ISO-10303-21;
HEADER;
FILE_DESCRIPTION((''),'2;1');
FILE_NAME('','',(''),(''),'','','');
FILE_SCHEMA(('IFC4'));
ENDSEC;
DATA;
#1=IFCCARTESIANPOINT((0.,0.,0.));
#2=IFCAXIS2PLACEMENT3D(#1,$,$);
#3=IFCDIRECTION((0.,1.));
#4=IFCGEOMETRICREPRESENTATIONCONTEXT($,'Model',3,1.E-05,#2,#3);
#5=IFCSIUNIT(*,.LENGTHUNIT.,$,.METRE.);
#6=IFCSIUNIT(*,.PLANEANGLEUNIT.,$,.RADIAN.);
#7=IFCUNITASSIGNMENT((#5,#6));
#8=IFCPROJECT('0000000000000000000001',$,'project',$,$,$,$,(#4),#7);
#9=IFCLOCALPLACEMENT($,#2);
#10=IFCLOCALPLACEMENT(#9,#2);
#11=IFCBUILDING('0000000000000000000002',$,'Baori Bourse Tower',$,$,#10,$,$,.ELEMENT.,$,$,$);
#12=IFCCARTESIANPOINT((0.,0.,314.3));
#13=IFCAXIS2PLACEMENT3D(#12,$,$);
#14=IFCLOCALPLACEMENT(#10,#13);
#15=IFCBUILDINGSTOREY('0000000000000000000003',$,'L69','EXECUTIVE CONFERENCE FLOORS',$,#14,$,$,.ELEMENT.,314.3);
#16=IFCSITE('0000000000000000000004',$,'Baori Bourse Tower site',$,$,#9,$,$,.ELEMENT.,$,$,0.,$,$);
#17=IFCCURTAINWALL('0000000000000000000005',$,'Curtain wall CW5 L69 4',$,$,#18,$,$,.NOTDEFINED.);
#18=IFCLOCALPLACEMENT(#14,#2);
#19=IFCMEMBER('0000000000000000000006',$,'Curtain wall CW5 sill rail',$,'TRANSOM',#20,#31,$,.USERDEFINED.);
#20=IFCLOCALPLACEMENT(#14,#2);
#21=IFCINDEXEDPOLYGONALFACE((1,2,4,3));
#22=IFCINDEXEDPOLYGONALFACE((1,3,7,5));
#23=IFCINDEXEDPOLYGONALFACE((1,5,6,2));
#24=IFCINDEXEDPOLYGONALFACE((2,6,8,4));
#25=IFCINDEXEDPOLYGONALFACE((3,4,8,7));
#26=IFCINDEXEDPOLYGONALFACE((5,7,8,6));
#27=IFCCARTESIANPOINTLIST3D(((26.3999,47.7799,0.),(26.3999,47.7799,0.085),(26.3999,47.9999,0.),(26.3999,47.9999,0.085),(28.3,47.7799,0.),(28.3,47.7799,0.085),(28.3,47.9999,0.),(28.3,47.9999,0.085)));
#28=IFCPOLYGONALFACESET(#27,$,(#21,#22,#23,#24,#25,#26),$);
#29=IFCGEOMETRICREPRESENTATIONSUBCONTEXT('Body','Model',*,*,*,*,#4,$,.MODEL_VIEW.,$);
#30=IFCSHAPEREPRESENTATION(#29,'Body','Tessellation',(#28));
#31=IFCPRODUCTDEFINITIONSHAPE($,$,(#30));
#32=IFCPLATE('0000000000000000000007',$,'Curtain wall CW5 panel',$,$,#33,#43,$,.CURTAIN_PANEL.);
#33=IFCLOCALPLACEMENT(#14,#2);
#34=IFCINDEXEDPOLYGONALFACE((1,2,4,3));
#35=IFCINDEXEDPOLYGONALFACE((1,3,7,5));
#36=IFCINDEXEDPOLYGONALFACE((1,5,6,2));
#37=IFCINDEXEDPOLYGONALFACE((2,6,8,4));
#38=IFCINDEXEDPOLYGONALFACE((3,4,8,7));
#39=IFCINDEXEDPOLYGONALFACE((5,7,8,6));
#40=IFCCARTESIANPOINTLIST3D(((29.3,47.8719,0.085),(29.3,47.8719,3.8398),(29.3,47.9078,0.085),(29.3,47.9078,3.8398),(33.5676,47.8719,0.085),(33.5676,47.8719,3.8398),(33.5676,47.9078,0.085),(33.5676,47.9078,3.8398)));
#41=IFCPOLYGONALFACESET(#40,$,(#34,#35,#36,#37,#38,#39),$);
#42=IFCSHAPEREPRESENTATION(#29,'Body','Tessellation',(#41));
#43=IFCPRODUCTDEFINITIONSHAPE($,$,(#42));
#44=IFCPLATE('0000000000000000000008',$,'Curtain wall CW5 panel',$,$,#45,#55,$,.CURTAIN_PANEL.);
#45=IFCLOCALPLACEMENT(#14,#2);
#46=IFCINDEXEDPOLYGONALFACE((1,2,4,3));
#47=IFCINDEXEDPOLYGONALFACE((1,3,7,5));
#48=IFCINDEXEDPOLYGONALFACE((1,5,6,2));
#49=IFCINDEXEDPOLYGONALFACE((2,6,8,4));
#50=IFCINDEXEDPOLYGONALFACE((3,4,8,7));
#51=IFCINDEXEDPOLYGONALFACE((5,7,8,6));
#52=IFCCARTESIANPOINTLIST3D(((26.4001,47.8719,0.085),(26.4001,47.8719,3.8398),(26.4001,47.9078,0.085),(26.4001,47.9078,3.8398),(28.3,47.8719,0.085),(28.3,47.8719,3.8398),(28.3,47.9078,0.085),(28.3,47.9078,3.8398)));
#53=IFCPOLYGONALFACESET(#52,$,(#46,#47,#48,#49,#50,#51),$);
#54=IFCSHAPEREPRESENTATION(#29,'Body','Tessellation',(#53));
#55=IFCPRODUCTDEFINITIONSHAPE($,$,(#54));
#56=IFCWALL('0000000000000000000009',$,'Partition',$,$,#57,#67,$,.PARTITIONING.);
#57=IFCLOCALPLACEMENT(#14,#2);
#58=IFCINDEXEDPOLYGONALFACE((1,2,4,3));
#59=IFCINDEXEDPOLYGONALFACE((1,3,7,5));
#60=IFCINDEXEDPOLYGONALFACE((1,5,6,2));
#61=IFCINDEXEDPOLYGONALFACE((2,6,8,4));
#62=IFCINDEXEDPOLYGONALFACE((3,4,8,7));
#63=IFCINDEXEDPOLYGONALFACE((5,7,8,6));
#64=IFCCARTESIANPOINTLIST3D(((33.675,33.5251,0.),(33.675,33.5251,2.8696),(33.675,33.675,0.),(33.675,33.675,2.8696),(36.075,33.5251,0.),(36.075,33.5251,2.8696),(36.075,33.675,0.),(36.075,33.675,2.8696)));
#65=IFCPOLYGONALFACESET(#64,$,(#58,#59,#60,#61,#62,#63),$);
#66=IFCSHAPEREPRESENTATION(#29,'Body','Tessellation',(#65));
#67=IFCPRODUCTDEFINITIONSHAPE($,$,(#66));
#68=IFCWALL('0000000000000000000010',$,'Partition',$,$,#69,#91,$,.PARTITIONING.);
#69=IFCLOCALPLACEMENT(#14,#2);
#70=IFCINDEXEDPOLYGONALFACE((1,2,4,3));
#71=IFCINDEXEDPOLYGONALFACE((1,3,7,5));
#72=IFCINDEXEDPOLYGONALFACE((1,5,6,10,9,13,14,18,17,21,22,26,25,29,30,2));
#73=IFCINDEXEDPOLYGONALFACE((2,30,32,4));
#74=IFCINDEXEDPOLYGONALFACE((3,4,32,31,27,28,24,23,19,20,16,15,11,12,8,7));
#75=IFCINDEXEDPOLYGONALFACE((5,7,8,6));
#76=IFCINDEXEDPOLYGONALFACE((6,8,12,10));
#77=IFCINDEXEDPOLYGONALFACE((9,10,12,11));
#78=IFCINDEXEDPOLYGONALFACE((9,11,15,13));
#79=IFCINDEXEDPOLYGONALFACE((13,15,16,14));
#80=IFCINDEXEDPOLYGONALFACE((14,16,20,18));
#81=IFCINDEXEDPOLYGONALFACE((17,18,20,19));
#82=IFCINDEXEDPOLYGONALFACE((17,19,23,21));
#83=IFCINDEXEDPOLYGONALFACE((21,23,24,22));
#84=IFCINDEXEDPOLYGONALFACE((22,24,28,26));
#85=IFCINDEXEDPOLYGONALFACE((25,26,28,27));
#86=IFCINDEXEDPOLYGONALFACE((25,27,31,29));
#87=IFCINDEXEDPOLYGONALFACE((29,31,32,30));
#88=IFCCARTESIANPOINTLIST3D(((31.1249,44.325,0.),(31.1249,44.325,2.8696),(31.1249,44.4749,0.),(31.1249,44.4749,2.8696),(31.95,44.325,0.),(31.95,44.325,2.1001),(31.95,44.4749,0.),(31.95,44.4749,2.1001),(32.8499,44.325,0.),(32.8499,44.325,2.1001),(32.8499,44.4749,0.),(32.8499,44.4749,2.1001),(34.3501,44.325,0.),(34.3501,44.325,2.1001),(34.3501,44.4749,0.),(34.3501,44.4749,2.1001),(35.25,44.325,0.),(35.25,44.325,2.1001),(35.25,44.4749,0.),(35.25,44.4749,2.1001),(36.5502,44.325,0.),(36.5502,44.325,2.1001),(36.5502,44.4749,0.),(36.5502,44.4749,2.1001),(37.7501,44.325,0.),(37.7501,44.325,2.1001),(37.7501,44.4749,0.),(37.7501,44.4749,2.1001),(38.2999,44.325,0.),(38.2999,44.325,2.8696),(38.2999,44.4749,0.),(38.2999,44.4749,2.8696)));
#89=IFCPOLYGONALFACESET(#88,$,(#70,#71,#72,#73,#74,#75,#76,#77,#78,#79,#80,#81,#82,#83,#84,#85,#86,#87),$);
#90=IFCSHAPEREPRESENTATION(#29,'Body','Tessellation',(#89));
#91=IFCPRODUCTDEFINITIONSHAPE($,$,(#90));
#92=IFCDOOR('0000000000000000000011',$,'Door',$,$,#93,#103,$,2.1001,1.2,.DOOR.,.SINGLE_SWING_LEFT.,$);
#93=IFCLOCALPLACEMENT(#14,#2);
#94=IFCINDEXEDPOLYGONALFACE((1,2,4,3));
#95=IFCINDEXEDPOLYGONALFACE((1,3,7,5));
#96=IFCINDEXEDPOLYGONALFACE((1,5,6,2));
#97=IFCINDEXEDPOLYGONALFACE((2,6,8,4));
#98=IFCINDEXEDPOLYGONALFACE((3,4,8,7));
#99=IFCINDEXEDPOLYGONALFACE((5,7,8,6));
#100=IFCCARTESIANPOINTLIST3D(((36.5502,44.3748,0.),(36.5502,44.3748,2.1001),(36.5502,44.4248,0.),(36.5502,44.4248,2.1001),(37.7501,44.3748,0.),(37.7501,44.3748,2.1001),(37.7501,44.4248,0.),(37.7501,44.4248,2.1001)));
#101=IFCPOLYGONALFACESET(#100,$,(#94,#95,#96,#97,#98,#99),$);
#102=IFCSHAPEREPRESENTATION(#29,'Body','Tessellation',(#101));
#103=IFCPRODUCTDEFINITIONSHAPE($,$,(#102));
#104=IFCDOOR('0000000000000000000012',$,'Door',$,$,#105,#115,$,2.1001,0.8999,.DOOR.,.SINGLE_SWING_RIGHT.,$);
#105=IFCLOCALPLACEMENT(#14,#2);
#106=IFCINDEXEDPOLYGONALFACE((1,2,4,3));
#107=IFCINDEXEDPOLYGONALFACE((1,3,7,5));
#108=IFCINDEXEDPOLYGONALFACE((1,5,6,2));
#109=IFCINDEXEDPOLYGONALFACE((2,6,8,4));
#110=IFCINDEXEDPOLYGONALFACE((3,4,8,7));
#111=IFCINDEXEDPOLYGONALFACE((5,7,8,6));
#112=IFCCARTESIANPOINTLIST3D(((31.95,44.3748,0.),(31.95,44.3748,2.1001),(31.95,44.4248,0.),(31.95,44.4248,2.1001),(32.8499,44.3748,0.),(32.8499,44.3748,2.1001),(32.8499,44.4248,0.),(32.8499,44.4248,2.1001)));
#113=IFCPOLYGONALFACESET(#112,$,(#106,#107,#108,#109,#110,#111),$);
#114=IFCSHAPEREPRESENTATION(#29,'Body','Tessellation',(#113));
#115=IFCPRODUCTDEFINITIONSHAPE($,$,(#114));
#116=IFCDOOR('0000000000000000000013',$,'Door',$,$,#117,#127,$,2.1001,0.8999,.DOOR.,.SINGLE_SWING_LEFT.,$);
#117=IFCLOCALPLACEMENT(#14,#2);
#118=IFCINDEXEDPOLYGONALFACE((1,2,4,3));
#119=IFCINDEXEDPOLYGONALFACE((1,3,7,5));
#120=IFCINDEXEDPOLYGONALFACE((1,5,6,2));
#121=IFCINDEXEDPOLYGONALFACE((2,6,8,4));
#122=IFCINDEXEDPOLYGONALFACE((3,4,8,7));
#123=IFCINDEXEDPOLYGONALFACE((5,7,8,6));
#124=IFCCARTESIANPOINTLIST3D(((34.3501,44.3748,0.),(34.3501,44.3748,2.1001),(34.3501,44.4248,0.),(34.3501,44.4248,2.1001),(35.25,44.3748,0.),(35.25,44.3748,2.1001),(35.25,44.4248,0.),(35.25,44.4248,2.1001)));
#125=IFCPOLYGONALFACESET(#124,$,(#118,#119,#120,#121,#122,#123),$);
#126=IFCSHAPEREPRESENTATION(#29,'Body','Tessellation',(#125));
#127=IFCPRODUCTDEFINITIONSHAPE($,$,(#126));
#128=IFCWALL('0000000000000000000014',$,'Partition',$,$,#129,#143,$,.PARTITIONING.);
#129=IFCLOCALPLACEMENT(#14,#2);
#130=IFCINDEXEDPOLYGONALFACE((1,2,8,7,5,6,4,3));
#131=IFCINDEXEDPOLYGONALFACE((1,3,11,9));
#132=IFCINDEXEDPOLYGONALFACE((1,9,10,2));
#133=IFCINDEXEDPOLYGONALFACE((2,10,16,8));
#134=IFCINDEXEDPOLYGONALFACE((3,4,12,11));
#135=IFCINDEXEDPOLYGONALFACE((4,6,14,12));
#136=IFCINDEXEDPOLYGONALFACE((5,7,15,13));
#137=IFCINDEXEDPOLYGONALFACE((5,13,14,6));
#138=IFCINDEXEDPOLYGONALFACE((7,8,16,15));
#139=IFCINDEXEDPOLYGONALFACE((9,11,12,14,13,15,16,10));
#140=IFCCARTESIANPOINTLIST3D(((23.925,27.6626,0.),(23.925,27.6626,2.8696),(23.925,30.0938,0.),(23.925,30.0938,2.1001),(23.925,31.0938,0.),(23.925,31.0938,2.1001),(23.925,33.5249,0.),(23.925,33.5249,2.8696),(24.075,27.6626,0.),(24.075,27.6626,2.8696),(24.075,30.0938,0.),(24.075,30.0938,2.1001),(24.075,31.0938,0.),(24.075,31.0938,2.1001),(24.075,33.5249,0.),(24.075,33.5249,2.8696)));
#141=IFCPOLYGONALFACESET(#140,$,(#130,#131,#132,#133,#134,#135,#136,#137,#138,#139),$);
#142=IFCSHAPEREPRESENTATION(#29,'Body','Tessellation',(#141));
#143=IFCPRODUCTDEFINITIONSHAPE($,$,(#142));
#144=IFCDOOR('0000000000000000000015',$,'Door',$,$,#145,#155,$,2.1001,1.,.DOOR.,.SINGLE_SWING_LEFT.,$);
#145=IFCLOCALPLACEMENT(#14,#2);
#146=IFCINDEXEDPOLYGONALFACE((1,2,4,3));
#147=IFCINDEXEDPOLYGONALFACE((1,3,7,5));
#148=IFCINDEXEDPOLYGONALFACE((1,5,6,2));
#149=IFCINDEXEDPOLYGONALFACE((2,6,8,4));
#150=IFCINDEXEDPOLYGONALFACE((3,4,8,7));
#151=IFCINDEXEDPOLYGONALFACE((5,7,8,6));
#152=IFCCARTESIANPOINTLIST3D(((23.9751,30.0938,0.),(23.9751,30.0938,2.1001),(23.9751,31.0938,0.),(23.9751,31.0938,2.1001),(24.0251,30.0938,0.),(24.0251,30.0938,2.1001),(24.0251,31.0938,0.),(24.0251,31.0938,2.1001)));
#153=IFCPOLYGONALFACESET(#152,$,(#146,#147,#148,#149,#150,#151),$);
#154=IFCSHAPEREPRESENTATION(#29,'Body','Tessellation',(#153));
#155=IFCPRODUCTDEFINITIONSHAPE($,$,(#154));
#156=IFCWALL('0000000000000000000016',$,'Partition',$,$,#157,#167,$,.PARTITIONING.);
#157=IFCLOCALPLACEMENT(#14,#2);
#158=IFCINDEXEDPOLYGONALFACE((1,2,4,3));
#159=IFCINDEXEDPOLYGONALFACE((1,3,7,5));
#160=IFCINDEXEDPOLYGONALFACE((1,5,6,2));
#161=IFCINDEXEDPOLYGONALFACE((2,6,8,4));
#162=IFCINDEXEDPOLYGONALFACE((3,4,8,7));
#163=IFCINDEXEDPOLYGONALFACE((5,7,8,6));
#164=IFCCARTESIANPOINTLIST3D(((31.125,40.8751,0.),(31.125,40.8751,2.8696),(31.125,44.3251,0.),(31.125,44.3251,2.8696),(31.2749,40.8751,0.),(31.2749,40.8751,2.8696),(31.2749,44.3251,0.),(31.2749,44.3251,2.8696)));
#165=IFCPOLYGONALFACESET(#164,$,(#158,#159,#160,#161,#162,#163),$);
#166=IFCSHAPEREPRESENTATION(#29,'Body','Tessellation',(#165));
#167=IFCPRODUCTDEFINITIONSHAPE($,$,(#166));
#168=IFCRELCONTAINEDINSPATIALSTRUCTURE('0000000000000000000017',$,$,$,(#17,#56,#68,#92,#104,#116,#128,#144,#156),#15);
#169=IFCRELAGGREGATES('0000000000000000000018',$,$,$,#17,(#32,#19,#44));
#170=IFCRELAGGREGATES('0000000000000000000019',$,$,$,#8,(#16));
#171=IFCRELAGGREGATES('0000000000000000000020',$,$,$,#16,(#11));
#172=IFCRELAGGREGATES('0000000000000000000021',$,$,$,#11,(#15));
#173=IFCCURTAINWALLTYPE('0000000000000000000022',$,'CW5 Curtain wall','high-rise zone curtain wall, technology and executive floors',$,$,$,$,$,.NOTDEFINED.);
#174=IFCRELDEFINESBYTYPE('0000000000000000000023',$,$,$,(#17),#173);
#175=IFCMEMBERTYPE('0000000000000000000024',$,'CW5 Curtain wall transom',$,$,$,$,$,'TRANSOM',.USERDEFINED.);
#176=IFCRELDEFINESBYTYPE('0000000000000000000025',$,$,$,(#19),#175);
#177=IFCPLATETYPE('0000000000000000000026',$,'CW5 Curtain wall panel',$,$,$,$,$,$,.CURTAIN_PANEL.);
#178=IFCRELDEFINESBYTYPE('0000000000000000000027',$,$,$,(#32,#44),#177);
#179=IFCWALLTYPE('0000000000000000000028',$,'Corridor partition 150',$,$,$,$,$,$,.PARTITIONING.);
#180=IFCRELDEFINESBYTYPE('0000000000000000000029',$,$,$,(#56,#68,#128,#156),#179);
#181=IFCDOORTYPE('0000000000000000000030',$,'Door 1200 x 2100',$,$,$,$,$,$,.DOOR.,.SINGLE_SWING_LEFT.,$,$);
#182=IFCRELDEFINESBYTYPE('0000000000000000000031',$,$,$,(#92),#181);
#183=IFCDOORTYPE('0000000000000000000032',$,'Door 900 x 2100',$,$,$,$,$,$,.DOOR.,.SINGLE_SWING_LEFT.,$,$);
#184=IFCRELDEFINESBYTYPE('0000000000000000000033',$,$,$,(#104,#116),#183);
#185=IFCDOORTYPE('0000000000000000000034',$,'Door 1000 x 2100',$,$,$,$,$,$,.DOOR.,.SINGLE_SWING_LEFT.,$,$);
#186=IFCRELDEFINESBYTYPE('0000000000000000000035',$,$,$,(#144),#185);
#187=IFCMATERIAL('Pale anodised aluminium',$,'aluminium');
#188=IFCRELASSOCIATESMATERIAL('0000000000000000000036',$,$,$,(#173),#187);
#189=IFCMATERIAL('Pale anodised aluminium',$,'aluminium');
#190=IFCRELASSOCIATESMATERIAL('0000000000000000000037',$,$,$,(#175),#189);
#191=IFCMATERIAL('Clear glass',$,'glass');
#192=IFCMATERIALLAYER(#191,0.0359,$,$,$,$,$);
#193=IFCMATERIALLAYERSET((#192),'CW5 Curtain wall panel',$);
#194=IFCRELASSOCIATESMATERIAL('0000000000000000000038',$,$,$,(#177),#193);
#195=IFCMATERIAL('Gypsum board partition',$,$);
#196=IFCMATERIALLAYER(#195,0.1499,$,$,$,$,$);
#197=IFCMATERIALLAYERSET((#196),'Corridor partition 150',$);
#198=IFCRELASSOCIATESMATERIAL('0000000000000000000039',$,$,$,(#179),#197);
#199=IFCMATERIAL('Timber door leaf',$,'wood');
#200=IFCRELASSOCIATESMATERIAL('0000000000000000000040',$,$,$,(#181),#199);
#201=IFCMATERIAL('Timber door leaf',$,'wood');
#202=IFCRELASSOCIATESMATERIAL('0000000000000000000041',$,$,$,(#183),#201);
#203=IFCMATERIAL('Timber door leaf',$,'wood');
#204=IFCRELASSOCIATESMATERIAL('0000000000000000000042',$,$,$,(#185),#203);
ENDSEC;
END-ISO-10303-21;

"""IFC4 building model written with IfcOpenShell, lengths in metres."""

from ifc_helpers import new_model, si_unit, direction, frame, frame_2d, origin, origin_2d, place, context, subcontext, project, spatial, rectangle, extrude, material, layer, layer_set, material_profile, profile_set, type_object, element, fill, aggregate, save


model = new_model("IFC4")

# Units and contexts
model_context = context("Model", 3, precision=1e-05, world=origin(), true_north=direction((0.0, 1.0)))
body_context = subcontext(model_context, "Body", "Model", "MODEL_VIEW")
ifc_project = project(units=[si_unit("LENGTHUNIT", "METRE"), si_unit("PLANEANGLEUNIT", "RADIAN")], contexts=[model_context])

# Site, building, storey
site_placement = place(None, origin())
site = spatial("IfcSite", under=ifc_project, at=site_placement, Name="Baori Bourse Tower site", CompositionType="ELEMENT", RefElevation=0.0)
building_placement = place(site_placement, origin())
building = spatial("IfcBuilding", under=site, at=building_placement, Name="Baori Bourse Tower", CompositionType="ELEMENT")
storey_placement = place(building_placement, frame((0.0, 0.0, 314.3)))
storey = spatial("IfcBuildingStorey", under=building, at=storey_placement, Name="L69", Description="EXECUTIVE CONFERENCE FLOORS", CompositionType="ELEMENT", Elevation=314.3)

# Curtain wall, member, plates
ifc_material_1 = material(Name="Pale anodised aluminium", Category="aluminium")
curtain_wall_type = type_object("IfcCurtainWallType", Name="CW5 Curtain wall", Description="high-rise zone curtain wall, technology and executive floors", PredefinedType="NOTDEFINED", material=ifc_material_1)
curtain_wall_placement = place(storey_placement, origin())
curtain_wall = element("IfcCurtainWall", 1, at=curtain_wall_placement, inside=storey, type_object=curtain_wall_type, Name="Curtain wall CW5 L69 4", PredefinedType="NOTDEFINED")
ifc_material_2 = material(Name="Pale anodised aluminium", Category="aluminium")
ifc_material_profile = material_profile(ifc_material_2, rectangle(XDim=0.22, YDim=0.085, at=origin_2d()), Name="Transom 85x220")
ifc_profile_set = profile_set([ifc_material_profile], Name="Pale anodised aluminium")
member_type = type_object("IfcMemberType", Name="CW5 Curtain wall transom", ElementType="TRANSOM", PredefinedType="USERDEFINED", material=ifc_profile_set)
member_placement = place(storey_placement, frame((28.3, 47.8899, 0.0425), z_axis=(-1.0, 0.0, 0.0), x_axis=(0.0, -1.0, 0.0)))
member = element("IfcMember", 2, at=member_placement, type_object=member_type, Name="Curtain wall CW5 sill rail", ObjectType="TRANSOM", PredefinedType="USERDEFINED", context=body_context, shape_type="SweptSolid", body=[
    extrude(rectangle(XDim=0.22, YDim=0.085, at=origin_2d()), origin(), (0.0, 0.0, 1.0), 1.9001),
])
ifc_material_3 = material(Name="Clear glass", Category="glass")
ifc_layer_1 = layer(ifc_material_3, 0.0359)
ifc_layer_set_1 = layer_set([ifc_layer_1], Name="CW5 Curtain wall panel")
plate_type = type_object("IfcPlateType", Name="CW5 Curtain wall panel", PredefinedType="CURTAIN_PANEL", material=ifc_layer_set_1)
plate_1_placement = place(storey_placement, frame((31.4338, 47.8899, 0.085), z_axis=(0.0, 0.0, 1.0), x_axis=(-1.0, 0.0, 0.0)))
plate_1 = element("IfcPlate", 3, at=plate_1_placement, type_object=plate_type, Name="Curtain wall CW5 panel", PredefinedType="CURTAIN_PANEL", context=body_context, shape_type="SweptSolid", body=[
    extrude(rectangle(XDim=4.2676, YDim=0.0359, at=origin_2d()), origin(), (0.0, 0.0, 1.0), 3.7549),
])
plate_2_placement = place(storey_placement, frame((27.3501, 47.8899, 0.085), z_axis=(0.0, 0.0, 1.0), x_axis=(-1.0, 0.0, 0.0)))
plate_2 = element("IfcPlate", 4, at=plate_2_placement, type_object=plate_type, Name="Curtain wall CW5 panel", PredefinedType="CURTAIN_PANEL", context=body_context, shape_type="SweptSolid", body=[
    extrude(rectangle(XDim=1.8999, YDim=0.0359, at=origin_2d()), origin(), (0.0, 0.0, 1.0), 3.7549),
])
aggregate(curtain_wall, [plate_1, member, plate_2])

# Wall
ifc_material_4 = material(Name="Gypsum board partition")
ifc_layer_2 = layer(ifc_material_4, 0.1499)
ifc_layer_set_2 = layer_set([ifc_layer_2], Name="Corridor partition 150")
wall_type_1 = type_object("IfcWallType", Name="Corridor partition 150", PredefinedType="PARTITIONING", material=ifc_layer_set_2)
wall_1_placement = place(storey_placement, frame((33.675, 33.6001, 0.0), z_axis=(0.0, 0.0, 1.0), x_axis=(1.0, 0.0, 0.0)))
element("IfcWall", 5, at=wall_1_placement, inside=storey, type_object=wall_type_1, Name="Partition", PredefinedType="PARTITIONING", context=body_context, shape_type="SweptSolid", body=[
    extrude(rectangle(XDim=2.3999, YDim=0.1499, at=frame_2d((1.2, 0.0))), origin(), (0.0, 0.0, 1.0), 2.8696),
])

# Wall, openings, doors
wall_2_placement = place(storey_placement, frame((31.125, 44.3999, 0.0), z_axis=(0.0, 0.0, 1.0), x_axis=(1.0, 0.0, 0.0)))
wall_2 = element("IfcWall", 6, at=wall_2_placement, inside=storey, type_object=wall_type_1, Name="Partition", PredefinedType="PARTITIONING", context=body_context, shape_type="SweptSolid", body=[
    extrude(rectangle(XDim=7.175, YDim=0.1499, at=frame_2d((3.5874, 0.0))), origin(), (0.0, 0.0, 1.0), 2.8696),
])
opening_1_placement = place(wall_2_placement, frame((0.825, 0.0, 0.0)))
opening_1 = element("IfcOpeningElement", 7, at=opening_1_placement, cuts=wall_2, PredefinedType="OPENING", context=body_context, shape_type="SweptSolid", body=[
    extrude(rectangle(XDim=0.8999, YDim=2.1001, at=frame_2d((0.45, 1.05))), frame((0.0, 0.085, 0.0), z_axis=(0.0, -1.0, 0.0), x_axis=(1.0, 0.0, 0.0)), (0.0, 0.0, 1.0), 0.1699),
])
opening_2_placement = place(wall_2_placement, frame((3.2251, 0.0, 0.0)))
opening_2 = element("IfcOpeningElement", 8, at=opening_2_placement, cuts=wall_2, PredefinedType="OPENING", context=body_context, shape_type="SweptSolid", body=[
    extrude(rectangle(XDim=0.8999, YDim=2.1001, at=frame_2d((0.45, 1.05))), frame((0.0, 0.085, 0.0), z_axis=(0.0, -1.0, 0.0), x_axis=(1.0, 0.0, 0.0)), (0.0, 0.0, 1.0), 0.1699),
])
opening_3_placement = place(wall_2_placement, frame((5.425, 0.0, 0.0)))
opening_3 = element("IfcOpeningElement", 9, at=opening_3_placement, cuts=wall_2, PredefinedType="OPENING", context=body_context, shape_type="SweptSolid", body=[
    extrude(rectangle(XDim=1.2, YDim=2.1001, at=frame_2d((0.6001, 1.05))), frame((0.0, 0.085, 0.0), z_axis=(0.0, -1.0, 0.0), x_axis=(1.0, 0.0, 0.0)), (0.0, 0.0, 1.0), 0.1699),
])
ifc_material_5 = material(Name="Timber door leaf", Category="wood")
door_type_1 = type_object("IfcDoorType", Name="Door 1200 x 2100", OperationType="SINGLE_SWING_LEFT", PredefinedType="DOOR", material=ifc_material_5)
door_1_placement = place(opening_3_placement, origin())
door_1 = element("IfcDoor", 10, at=door_1_placement, inside=storey, type_object=door_type_1, Name="Door", OperationType="SINGLE_SWING_LEFT", OverallHeight=2.1001, OverallWidth=1.2, PredefinedType="DOOR", context=body_context, shape_type="SweptSolid", body=[
    extrude(rectangle(XDim=1.2, YDim=2.1001, at=frame_2d((0.6001, 1.05))), frame((0.0, 0.0249, 0.0), z_axis=(0.0, -1.0, 0.0), x_axis=(1.0, 0.0, 0.0)), (0.0, 0.0, 1.0), 0.05),
])
fill(opening_3, door_1)
ifc_material_6 = material(Name="Timber door leaf", Category="wood")
door_type_2 = type_object("IfcDoorType", Name="Door 900 x 2100", OperationType="SINGLE_SWING_LEFT", PredefinedType="DOOR", material=ifc_material_6)
door_2_placement = place(opening_1_placement, origin())
door_2 = element("IfcDoor", 11, at=door_2_placement, inside=storey, type_object=door_type_2, Name="Door", OperationType="SINGLE_SWING_RIGHT", OverallHeight=2.1001, OverallWidth=0.8999, PredefinedType="DOOR", context=body_context, shape_type="SweptSolid", body=[
    extrude(rectangle(XDim=0.8999, YDim=2.1001, at=frame_2d((0.45, 1.05))), frame((0.0, 0.0249, 0.0), z_axis=(0.0, -1.0, 0.0), x_axis=(1.0, 0.0, 0.0)), (0.0, 0.0, 1.0), 0.05),
])
fill(opening_1, door_2)
door_3_placement = place(opening_2_placement, origin())
door_3 = element("IfcDoor", 12, at=door_3_placement, inside=storey, type_object=door_type_2, Name="Door", OperationType="SINGLE_SWING_LEFT", OverallHeight=2.1001, OverallWidth=0.8999, PredefinedType="DOOR", context=body_context, shape_type="SweptSolid", body=[
    extrude(rectangle(XDim=0.8999, YDim=2.1001, at=frame_2d((0.45, 1.05))), frame((0.0, 0.0249, 0.0), z_axis=(0.0, -1.0, 0.0), x_axis=(1.0, 0.0, 0.0)), (0.0, 0.0, 1.0), 0.05),
])
fill(opening_2, door_3)

# Wall, opening, door
wall_3_placement = place(storey_placement, frame((24.0, 27.6626, 0.0), z_axis=(0.0, 0.0, 1.0), x_axis=(0.0, 1.0, 0.0)))
wall_3 = element("IfcWall", 13, at=wall_3_placement, inside=storey, type_object=wall_type_1, Name="Partition", PredefinedType="PARTITIONING", context=body_context, shape_type="SweptSolid", body=[
    extrude(rectangle(XDim=5.8623, YDim=0.1499, at=frame_2d((2.9312, 0.0))), origin(), (0.0, 0.0, 1.0), 2.8696),
])
opening_4_placement = place(wall_3_placement, frame((2.4312, 0.0, 0.0)))
opening_4 = element("IfcOpeningElement", 14, at=opening_4_placement, cuts=wall_3, PredefinedType="OPENING", context=body_context, shape_type="SweptSolid", body=[
    extrude(rectangle(XDim=1.0, YDim=2.1001, at=frame_2d((0.5, 1.05))), frame((0.0, 0.085, 0.0), z_axis=(0.0, -1.0, 0.0), x_axis=(1.0, 0.0, 0.0)), (0.0, 0.0, 1.0), 0.1699),
])
ifc_material_7 = material(Name="Timber door leaf", Category="wood")
door_type_3 = type_object("IfcDoorType", Name="Door 1000 x 2100", OperationType="SINGLE_SWING_LEFT", PredefinedType="DOOR", material=ifc_material_7)
door_4_placement = place(opening_4_placement, origin())
door_4 = element("IfcDoor", 15, at=door_4_placement, inside=storey, type_object=door_type_3, Name="Door", OperationType="SINGLE_SWING_LEFT", OverallHeight=2.1001, OverallWidth=1.0, PredefinedType="DOOR", context=body_context, shape_type="SweptSolid", body=[
    extrude(rectangle(XDim=1.0, YDim=2.1001, at=frame_2d((0.5, 1.05))), frame((0.0, 0.0249, 0.0), z_axis=(0.0, -1.0, 0.0), x_axis=(1.0, 0.0, 0.0)), (0.0, 0.0, 1.0), 0.05),
])
fill(opening_4, door_4)

# Wall
wall_4_placement = place(storey_placement, frame((31.2, 40.875, 0.0), z_axis=(0.0, 0.0, 1.0), x_axis=(0.0, 1.0, 0.0)))
element("IfcWall", 16, at=wall_4_placement, inside=storey, type_object=wall_type_1, Name="Partition", PredefinedType="PARTITIONING", context=body_context, shape_type="SweptSolid", body=[
    extrude(rectangle(XDim=3.45, YDim=0.1499, at=frame_2d((1.7251, 0.0))), origin(), (0.0, 0.0, 1.0), 2.8696),
])

save(model, "model.ifc")
